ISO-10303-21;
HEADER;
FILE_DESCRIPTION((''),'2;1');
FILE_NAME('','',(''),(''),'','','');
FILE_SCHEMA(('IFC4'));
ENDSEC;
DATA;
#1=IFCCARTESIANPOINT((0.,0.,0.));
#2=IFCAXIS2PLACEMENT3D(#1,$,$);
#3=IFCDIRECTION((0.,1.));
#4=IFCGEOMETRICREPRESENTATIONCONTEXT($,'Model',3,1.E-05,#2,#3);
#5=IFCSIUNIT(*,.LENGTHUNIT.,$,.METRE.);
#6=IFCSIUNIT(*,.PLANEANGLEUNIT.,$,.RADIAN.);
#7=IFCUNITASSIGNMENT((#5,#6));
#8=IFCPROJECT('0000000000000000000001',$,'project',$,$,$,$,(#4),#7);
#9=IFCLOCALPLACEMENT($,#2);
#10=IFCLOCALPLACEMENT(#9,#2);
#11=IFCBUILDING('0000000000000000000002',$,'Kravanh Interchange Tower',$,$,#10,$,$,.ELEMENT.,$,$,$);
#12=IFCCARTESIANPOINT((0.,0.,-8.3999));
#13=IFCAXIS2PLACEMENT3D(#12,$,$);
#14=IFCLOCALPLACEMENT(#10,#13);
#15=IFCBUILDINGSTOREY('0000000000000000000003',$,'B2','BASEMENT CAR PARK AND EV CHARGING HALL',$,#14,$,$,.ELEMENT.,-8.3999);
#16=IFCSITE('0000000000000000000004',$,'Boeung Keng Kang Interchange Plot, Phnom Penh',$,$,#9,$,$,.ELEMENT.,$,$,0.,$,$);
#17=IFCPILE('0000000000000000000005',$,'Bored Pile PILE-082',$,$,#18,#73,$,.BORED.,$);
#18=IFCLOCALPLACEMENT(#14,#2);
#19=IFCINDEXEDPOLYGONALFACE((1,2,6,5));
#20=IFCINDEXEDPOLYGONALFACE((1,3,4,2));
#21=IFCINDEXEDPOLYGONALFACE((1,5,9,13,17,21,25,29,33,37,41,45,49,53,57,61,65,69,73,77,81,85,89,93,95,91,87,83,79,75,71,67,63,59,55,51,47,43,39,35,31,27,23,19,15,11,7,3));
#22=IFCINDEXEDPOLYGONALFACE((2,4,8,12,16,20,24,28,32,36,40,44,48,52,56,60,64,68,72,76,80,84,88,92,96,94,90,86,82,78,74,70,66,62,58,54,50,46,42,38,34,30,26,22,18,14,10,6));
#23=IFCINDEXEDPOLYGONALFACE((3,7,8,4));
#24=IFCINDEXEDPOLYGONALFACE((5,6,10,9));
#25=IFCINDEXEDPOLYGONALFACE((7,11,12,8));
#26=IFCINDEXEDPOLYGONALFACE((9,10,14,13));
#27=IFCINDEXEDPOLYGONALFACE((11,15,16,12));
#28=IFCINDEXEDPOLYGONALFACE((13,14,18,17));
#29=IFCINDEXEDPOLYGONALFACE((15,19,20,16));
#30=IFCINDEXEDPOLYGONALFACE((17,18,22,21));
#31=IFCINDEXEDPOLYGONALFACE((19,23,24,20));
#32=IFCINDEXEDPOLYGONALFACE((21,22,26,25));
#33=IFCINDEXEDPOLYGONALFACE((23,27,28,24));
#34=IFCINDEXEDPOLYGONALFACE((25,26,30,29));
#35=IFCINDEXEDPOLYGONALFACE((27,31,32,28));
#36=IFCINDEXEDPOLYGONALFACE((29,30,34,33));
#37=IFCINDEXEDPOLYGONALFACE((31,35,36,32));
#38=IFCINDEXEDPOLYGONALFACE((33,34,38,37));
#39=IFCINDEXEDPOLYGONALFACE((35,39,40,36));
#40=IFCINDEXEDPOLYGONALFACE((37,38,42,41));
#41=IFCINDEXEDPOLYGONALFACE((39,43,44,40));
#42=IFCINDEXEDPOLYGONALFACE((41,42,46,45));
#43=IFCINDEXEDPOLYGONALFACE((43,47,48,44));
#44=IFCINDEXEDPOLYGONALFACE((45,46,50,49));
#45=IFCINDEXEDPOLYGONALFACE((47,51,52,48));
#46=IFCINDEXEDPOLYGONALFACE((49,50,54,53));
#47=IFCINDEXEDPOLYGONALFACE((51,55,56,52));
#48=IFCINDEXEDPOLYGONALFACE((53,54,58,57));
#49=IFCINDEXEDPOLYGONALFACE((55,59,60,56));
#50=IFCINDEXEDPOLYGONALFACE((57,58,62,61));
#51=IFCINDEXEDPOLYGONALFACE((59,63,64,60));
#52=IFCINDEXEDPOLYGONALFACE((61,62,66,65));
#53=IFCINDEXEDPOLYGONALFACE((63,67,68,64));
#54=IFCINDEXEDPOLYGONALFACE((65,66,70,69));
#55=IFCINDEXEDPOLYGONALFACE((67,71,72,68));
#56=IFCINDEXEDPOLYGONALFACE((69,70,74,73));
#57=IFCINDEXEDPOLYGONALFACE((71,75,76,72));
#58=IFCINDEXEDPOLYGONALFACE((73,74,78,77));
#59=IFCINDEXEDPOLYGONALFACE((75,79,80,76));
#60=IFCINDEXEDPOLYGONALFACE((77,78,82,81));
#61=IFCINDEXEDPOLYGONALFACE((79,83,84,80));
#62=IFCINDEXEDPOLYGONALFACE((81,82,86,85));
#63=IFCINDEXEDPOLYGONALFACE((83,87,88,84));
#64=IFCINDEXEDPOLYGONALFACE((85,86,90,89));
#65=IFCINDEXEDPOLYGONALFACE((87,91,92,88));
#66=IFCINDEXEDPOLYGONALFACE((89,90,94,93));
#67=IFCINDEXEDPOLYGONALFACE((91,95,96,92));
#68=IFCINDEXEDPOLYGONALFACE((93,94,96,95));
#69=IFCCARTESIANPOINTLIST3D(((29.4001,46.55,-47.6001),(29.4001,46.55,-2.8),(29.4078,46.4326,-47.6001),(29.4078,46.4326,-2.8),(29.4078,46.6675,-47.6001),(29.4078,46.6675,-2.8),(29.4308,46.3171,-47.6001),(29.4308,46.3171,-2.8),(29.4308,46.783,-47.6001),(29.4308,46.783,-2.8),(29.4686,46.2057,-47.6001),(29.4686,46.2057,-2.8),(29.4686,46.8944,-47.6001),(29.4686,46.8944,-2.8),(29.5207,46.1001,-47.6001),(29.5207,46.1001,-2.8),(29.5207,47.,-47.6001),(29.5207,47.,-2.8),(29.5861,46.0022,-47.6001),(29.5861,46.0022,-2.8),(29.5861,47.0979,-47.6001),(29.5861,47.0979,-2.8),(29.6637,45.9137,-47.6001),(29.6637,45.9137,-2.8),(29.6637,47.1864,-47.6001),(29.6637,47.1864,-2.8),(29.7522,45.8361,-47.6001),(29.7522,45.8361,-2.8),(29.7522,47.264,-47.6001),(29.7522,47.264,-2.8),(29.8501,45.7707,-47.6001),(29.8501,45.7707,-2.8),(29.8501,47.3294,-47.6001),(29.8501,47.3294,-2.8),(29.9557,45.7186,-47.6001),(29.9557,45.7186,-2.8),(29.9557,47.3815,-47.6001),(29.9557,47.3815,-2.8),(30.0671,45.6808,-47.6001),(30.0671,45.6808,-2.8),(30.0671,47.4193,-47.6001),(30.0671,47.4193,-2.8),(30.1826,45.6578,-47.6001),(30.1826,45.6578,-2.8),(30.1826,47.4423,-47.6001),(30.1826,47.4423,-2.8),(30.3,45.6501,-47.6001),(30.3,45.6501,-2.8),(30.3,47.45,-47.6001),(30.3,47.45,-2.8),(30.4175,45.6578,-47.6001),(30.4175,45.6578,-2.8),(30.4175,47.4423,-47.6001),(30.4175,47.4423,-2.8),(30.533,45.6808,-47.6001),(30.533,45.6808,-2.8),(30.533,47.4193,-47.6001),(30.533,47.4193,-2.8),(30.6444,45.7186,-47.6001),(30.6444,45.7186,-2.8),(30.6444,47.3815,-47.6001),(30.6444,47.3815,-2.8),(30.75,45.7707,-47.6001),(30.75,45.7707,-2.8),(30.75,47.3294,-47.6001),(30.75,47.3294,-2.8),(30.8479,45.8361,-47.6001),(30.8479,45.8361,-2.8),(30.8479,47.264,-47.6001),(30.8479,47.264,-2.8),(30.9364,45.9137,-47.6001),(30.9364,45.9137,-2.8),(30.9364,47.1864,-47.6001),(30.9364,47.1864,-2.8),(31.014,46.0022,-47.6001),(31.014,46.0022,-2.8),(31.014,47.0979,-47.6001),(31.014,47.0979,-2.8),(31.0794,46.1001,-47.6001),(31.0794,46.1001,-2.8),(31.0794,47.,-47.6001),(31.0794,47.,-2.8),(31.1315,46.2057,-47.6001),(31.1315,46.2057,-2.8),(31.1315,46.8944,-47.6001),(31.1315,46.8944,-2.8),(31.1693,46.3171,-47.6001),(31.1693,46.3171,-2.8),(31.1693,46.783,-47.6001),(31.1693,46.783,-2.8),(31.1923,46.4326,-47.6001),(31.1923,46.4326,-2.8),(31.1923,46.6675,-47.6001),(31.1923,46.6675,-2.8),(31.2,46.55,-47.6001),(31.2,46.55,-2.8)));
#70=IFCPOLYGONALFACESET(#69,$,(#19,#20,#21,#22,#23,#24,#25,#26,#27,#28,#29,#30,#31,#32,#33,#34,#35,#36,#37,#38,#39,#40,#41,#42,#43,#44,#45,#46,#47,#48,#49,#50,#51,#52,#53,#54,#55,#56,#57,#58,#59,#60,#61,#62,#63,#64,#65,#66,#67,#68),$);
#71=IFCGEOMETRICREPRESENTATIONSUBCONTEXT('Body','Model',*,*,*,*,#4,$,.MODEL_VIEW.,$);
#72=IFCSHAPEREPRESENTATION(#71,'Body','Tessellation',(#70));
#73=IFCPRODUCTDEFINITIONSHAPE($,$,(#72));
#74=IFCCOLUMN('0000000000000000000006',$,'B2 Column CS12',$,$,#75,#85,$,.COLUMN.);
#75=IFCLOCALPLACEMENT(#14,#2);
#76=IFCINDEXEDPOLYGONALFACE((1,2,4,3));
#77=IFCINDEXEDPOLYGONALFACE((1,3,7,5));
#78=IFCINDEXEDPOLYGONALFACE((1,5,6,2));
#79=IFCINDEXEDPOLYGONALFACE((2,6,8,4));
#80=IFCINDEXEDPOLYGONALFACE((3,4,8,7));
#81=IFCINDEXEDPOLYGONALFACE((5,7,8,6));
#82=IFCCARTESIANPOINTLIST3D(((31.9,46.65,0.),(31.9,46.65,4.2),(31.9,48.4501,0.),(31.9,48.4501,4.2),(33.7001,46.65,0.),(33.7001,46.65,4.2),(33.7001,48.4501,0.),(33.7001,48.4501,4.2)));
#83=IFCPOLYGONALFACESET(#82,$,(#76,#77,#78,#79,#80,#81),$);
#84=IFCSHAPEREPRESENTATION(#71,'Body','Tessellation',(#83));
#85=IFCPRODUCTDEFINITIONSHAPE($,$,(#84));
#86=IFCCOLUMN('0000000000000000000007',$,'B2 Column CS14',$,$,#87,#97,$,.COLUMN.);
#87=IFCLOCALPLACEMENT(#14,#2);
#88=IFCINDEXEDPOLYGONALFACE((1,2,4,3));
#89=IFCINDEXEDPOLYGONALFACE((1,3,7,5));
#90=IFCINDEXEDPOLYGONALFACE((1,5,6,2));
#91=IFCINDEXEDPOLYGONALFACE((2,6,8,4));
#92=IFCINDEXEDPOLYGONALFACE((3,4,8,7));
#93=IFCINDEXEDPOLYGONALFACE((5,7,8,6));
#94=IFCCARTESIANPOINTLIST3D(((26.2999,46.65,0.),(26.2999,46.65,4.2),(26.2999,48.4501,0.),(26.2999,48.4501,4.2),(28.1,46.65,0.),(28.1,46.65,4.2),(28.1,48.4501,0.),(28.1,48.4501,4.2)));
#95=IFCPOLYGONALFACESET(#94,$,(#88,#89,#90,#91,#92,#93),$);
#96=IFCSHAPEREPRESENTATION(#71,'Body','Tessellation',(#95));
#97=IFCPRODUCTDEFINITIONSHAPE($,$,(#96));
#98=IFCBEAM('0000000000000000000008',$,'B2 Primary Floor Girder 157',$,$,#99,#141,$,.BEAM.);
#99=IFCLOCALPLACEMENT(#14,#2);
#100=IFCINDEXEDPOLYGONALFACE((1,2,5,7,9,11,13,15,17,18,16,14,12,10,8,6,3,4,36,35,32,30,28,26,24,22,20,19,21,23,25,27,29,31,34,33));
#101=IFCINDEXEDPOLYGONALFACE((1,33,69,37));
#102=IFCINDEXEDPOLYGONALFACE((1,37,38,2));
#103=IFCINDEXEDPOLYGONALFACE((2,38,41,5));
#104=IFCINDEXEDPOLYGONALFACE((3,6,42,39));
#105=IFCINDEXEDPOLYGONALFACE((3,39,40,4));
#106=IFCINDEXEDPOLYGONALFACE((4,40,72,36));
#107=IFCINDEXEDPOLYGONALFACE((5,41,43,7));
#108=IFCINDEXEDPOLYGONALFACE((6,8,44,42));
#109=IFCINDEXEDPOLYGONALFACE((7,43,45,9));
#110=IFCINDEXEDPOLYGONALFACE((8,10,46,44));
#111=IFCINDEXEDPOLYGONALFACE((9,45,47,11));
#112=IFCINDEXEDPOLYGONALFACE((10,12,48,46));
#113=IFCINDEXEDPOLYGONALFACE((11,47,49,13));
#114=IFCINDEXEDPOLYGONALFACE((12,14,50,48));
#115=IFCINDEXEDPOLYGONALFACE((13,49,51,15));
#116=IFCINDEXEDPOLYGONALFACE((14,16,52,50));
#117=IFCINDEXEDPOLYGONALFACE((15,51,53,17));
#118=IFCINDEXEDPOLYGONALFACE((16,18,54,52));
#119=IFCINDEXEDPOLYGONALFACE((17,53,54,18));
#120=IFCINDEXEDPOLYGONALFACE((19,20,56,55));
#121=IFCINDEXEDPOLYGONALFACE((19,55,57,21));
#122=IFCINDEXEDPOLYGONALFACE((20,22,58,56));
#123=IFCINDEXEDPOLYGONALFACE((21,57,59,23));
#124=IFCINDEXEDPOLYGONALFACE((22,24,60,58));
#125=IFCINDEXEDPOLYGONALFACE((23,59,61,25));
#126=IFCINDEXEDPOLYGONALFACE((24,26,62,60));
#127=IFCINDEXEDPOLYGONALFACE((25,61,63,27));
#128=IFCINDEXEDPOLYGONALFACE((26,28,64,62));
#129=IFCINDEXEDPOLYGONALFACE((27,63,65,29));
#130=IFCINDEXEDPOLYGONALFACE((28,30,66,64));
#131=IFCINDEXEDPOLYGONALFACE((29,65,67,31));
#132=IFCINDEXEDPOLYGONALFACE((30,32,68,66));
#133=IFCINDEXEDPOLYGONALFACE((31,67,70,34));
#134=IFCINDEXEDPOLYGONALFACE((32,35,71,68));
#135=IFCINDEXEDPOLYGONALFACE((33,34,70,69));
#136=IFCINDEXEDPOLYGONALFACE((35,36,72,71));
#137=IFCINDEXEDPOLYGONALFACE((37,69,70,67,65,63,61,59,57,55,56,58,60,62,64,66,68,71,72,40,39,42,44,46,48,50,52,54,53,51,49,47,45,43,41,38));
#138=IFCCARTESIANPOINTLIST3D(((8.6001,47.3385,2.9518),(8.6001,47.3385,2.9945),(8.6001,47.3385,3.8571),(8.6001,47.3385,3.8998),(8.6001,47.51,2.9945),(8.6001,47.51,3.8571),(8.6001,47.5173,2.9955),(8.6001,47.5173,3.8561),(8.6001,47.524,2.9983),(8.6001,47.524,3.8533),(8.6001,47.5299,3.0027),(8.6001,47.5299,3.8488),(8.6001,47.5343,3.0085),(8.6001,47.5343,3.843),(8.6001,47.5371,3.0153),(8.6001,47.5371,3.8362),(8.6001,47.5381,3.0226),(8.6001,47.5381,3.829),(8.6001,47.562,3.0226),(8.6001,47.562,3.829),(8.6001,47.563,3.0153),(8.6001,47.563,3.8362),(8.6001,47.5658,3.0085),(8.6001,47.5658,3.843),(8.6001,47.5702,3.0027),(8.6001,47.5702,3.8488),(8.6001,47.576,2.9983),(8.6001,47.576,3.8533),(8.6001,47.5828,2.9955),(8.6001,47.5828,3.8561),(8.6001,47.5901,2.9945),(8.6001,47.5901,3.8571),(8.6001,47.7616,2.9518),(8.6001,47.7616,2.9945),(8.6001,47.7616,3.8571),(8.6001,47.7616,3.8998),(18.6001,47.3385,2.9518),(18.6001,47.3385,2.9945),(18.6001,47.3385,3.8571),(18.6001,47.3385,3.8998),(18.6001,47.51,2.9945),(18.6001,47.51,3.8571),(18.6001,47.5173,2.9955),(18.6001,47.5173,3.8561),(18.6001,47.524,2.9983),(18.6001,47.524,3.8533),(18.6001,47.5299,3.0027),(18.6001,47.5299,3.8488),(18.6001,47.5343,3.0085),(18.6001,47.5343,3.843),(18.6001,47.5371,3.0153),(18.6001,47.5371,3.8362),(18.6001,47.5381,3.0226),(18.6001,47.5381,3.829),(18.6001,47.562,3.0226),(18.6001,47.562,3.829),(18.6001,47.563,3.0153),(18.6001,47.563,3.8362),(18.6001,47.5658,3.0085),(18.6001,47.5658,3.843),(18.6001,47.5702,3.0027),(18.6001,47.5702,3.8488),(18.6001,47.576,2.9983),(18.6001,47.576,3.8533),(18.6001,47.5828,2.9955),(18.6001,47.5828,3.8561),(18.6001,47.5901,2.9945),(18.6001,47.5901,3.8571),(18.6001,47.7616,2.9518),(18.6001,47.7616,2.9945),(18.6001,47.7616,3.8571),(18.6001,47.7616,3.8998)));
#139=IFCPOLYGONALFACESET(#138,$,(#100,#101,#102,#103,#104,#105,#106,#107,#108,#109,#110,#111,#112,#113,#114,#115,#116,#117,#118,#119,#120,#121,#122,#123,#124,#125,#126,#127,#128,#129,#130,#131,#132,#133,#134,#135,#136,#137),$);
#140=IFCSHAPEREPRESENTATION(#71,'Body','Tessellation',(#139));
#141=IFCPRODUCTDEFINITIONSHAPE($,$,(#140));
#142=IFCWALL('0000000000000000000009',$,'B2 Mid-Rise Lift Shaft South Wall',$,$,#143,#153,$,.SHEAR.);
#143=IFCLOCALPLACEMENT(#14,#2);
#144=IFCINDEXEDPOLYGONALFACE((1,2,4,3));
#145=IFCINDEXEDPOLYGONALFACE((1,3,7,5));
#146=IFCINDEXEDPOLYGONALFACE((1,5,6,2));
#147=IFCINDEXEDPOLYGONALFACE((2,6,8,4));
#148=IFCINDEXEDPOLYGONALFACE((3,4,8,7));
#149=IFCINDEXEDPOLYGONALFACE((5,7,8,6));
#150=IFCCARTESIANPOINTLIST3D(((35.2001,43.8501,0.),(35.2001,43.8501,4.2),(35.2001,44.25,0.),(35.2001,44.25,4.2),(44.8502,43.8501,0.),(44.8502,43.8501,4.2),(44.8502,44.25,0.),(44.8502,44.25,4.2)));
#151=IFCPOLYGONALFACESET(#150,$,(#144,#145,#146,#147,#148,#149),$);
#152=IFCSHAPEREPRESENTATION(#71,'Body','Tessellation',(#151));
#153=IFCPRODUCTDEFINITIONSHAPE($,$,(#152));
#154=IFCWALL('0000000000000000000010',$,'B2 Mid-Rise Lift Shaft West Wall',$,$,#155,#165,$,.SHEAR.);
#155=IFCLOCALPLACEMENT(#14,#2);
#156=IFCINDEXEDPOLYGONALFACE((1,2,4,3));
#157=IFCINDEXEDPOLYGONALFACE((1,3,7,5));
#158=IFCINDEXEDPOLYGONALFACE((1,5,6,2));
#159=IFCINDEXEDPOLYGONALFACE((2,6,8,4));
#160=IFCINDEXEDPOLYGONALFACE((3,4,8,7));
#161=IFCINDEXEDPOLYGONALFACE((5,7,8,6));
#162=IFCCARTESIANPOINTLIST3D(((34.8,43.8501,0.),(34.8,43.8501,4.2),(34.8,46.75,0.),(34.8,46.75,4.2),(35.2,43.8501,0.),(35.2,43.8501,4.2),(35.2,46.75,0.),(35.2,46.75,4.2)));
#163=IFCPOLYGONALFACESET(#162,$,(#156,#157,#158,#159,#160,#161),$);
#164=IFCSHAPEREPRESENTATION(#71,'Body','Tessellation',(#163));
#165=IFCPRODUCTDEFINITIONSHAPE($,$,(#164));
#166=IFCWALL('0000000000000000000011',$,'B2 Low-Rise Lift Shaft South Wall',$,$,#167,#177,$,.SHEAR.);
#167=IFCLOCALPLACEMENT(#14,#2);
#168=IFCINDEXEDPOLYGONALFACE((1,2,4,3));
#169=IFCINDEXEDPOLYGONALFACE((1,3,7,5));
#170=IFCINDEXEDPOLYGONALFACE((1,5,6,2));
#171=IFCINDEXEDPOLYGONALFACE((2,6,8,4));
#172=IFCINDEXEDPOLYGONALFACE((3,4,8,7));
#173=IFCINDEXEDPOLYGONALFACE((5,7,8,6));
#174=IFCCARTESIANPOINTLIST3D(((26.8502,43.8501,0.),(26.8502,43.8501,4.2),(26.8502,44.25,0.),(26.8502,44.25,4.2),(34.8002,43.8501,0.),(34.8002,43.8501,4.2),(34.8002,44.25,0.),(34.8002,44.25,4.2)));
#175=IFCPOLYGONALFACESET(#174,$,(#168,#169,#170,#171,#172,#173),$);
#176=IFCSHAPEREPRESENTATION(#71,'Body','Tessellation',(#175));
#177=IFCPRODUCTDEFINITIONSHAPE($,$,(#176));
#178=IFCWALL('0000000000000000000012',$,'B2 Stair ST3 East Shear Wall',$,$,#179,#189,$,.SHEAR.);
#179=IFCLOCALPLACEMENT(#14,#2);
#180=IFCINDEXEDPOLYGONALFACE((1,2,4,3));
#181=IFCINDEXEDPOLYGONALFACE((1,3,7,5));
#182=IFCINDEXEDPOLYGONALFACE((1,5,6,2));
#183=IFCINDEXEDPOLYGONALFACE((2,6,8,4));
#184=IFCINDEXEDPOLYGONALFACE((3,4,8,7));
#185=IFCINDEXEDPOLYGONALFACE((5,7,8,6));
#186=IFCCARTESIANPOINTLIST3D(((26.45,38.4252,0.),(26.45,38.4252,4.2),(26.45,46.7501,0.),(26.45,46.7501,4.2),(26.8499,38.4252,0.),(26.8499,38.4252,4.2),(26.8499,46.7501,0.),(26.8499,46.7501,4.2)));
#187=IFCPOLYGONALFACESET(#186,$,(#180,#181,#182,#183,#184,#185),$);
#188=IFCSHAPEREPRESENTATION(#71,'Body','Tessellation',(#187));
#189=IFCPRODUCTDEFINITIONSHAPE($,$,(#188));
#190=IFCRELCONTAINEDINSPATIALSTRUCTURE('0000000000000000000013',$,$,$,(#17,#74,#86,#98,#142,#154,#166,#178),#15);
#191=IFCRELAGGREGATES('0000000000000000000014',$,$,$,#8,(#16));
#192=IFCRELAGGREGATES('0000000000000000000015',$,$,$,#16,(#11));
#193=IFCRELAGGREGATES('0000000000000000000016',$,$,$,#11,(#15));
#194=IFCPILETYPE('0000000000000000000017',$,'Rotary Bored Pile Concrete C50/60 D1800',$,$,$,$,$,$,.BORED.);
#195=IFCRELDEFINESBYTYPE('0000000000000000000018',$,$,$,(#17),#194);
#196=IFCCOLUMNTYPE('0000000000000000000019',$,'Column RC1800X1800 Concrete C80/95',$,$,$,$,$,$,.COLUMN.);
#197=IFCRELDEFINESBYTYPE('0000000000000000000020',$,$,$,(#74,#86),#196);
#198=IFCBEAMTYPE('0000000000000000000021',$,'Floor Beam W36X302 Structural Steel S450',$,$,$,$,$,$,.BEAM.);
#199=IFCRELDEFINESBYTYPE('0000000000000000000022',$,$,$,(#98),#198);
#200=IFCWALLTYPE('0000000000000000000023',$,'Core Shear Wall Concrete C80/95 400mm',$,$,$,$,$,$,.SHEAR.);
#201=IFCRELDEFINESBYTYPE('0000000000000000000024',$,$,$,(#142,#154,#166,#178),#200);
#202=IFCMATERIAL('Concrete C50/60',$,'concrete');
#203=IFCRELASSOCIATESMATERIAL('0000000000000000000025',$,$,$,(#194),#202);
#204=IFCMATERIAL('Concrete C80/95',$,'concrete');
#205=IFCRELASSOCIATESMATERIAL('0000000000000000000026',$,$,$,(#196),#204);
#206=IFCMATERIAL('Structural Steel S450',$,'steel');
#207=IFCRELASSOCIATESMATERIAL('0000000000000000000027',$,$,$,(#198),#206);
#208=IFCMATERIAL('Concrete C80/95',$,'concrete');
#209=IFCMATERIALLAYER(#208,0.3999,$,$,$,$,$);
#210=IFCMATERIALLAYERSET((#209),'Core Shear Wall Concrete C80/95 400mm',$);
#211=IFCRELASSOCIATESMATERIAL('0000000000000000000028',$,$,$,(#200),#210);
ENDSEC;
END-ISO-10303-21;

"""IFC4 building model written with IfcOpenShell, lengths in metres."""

from ifc_helpers import new_model, si_unit, direction, frame, frame_2d, origin, origin_2d, place, context, subcontext, project, spatial, rectangle, circle, i_section, extrude, material, layer, layer_set, material_profile, profile_set, type_object, element, save


model = new_model("IFC4")

# Units and contexts
model_context = context("Model", 3, precision=1e-05, world=origin(), true_north=direction((0.0, 1.0)))
body_context = subcontext(model_context, "Body", "Model", "MODEL_VIEW")
ifc_project = project(units=[si_unit("LENGTHUNIT", "METRE"), si_unit("PLANEANGLEUNIT", "RADIAN")], contexts=[model_context])

# Site, building, storey
site_placement = place(None, origin())
site = spatial("IfcSite", under=ifc_project, at=site_placement, Name="Boeung Keng Kang Interchange Plot, Phnom Penh", CompositionType="ELEMENT", RefElevation=0.0)
building_placement = place(site_placement, origin())
building = spatial("IfcBuilding", under=site, at=building_placement, Name="Kravanh Interchange Tower", CompositionType="ELEMENT")
storey_placement = place(building_placement, frame((0.0, 0.0, -8.3999)))
storey = spatial("IfcBuildingStorey", under=building, at=storey_placement, Name="B2", Description="BASEMENT CAR PARK AND EV CHARGING HALL", CompositionType="ELEMENT", Elevation=-8.3999)

# Pile
ifc_material_1 = material(Name="Concrete C50/60", Category="concrete")
ifc_material_profile_1 = material_profile(ifc_material_1, circle(Radius=0.8999, at=origin_2d()), Name="PILE-D1800")
ifc_profile_set_1 = profile_set([ifc_material_profile_1], Name="Concrete C50/60")
pile_type = type_object("IfcPileType", Name="Rotary Bored Pile Concrete C50/60 D1800", PredefinedType="BORED", material=ifc_profile_set_1)
for number, where, z_axis, x_axis, name in (
    (1, (30.3, 46.55, -2.8), (0.0, 0.0, -1.0), (1.0, 0.0, 0.0), "Bored Pile PILE-082"),
):
    element("IfcPile", number, at=place(storey_placement, frame(where, z_axis=z_axis, x_axis=x_axis)), inside=storey, type_object=pile_type, Name=name, PredefinedType="BORED", context=body_context, shape_type="SweptSolid", body=[
        extrude(circle(Radius=0.8999, at=origin_2d()), origin(), (0.0, 0.0, 1.0), 44.8),
    ])

# Columns
ifc_material_2 = material(Name="Concrete C80/95", Category="concrete")
ifc_material_profile_2 = material_profile(ifc_material_2, rectangle(XDim=1.8, YDim=1.8, at=origin_2d()), Name="RC1800X1800")
ifc_profile_set_2 = profile_set([ifc_material_profile_2], Name="Concrete C80/95")
column_type = type_object("IfcColumnType", Name="Column RC1800X1800 Concrete C80/95", PredefinedType="COLUMN", material=ifc_profile_set_2)
for number, where, z_axis, x_axis, name in (
    (2, (32.8, 47.55, 0.0), (0.0, 0.0, 1.0), (1.0, 0.0, 0.0), "B2 Column CS12"),
    (3, (27.2, 47.55, 0.0), (0.0, 0.0, 1.0), (1.0, 0.0, 0.0), "B2 Column CS14"),
):
    element("IfcColumn", number, at=place(storey_placement, frame(where, z_axis=z_axis, x_axis=x_axis)), inside=storey, type_object=column_type, Name=name, PredefinedType="COLUMN", context=body_context, shape_type="SweptSolid", body=[
        extrude(rectangle(XDim=1.8, YDim=1.8, at=origin_2d()), origin(), (0.0, 0.0, 1.0), 4.2),
    ])

# Beam
ifc_material_3 = material(Name="Structural Steel S450", Category="steel")
ifc_material_profile_3 = material_profile(ifc_material_3, i_section(OverallWidth=0.4231, OverallDepth=0.948, WebThickness=0.0239, FlangeThickness=0.0427, FilletRadius=0.0281, at=origin_2d()), Name="W36X302")
ifc_profile_set_3 = profile_set([ifc_material_profile_3], Name="Structural Steel S450")
beam_type = type_object("IfcBeamType", Name="Floor Beam W36X302 Structural Steel S450", PredefinedType="BEAM", material=ifc_profile_set_3)
beam_placement = place(storey_placement, frame((18.6001, 47.55, 3.4258), z_axis=(-1.0, 0.0, 0.0), x_axis=(0.0, -1.0, 0.0)))
element("IfcBeam", 4, at=beam_placement, inside=storey, type_object=beam_type, Name="B2 Primary Floor Girder 157", PredefinedType="BEAM", context=body_context, shape_type="SweptSolid", body=[
    extrude(i_section(OverallWidth=0.4231, OverallDepth=0.948, WebThickness=0.0239, FlangeThickness=0.0427, FilletRadius=0.0281, at=origin_2d()), origin(), (0.0, 0.0, 1.0), 10.0),
])

# Walls
ifc_material_4 = material(Name="Concrete C80/95", Category="concrete")
ifc_layer_1 = layer(ifc_material_4, 0.3999)
ifc_layer_set_1 = layer_set([ifc_layer_1], Name="Core Shear Wall Concrete C80/95 400mm")
wall_type_1 = type_object("IfcWallType", Name="Core Shear Wall Concrete C80/95 400mm", PredefinedType="SHEAR", material=ifc_layer_set_1)
wall_1_placement = place(storey_placement, frame((35.2, 44.05, 0.0), z_axis=(0.0, 0.0, 1.0), x_axis=(1.0, 0.0, 0.0)))
element("IfcWall", 5, at=wall_1_placement, inside=storey, type_object=wall_type_1, Name="B2 Mid-Rise Lift Shaft South Wall", PredefinedType="SHEAR", context=body_context, shape_type="SweptSolid", body=[
    extrude(rectangle(XDim=9.6501, YDim=0.3999, at=frame_2d((4.8252, 0.0))), origin(), (0.0, 0.0, 1.0), 4.2),
])
wall_2_placement = place(storey_placement, frame((35.0, 43.8501, 0.0), z_axis=(0.0, 0.0, 1.0), x_axis=(0.0, 1.0, 0.0)))
element("IfcWall", 6, at=wall_2_placement, inside=storey, type_object=wall_type_1, Name="B2 Mid-Rise Lift Shaft West Wall", PredefinedType="SHEAR", context=body_context, shape_type="SweptSolid", body=[
    extrude(rectangle(XDim=2.8999, YDim=0.3999, at=frame_2d((1.45, 0.0))), origin(), (0.0, 0.0, 1.0), 4.2),
])
wall_3_placement = place(storey_placement, frame((26.8501, 44.05, 0.0), z_axis=(0.0, 0.0, 1.0), x_axis=(1.0, 0.0, 0.0)))
element("IfcWall", 7, at=wall_3_placement, inside=storey, type_object=wall_type_1, Name="B2 Low-Rise Lift Shaft South Wall", PredefinedType="SHEAR", context=body_context, shape_type="SweptSolid", body=[
    extrude(rectangle(XDim=7.95, YDim=0.3999, at=frame_2d((3.9751, 0.0))), origin(), (0.0, 0.0, 1.0), 4.2),
])
wall_4_placement = place(storey_placement, frame((26.6499, 38.425, 0.0), z_axis=(0.0, 0.0, 1.0), x_axis=(0.0, 1.0, 0.0)))
element("IfcWall", 8, at=wall_4_placement, inside=storey, type_object=wall_type_1, Name="B2 Stair ST3 East Shear Wall", PredefinedType="SHEAR", context=body_context, shape_type="SweptSolid", body=[
    extrude(rectangle(XDim=8.325, YDim=0.3999, at=frame_2d((4.1626, 0.0))), origin(), (0.0, 0.0, 1.0), 4.2),
])

save(model, "model.ifc")
